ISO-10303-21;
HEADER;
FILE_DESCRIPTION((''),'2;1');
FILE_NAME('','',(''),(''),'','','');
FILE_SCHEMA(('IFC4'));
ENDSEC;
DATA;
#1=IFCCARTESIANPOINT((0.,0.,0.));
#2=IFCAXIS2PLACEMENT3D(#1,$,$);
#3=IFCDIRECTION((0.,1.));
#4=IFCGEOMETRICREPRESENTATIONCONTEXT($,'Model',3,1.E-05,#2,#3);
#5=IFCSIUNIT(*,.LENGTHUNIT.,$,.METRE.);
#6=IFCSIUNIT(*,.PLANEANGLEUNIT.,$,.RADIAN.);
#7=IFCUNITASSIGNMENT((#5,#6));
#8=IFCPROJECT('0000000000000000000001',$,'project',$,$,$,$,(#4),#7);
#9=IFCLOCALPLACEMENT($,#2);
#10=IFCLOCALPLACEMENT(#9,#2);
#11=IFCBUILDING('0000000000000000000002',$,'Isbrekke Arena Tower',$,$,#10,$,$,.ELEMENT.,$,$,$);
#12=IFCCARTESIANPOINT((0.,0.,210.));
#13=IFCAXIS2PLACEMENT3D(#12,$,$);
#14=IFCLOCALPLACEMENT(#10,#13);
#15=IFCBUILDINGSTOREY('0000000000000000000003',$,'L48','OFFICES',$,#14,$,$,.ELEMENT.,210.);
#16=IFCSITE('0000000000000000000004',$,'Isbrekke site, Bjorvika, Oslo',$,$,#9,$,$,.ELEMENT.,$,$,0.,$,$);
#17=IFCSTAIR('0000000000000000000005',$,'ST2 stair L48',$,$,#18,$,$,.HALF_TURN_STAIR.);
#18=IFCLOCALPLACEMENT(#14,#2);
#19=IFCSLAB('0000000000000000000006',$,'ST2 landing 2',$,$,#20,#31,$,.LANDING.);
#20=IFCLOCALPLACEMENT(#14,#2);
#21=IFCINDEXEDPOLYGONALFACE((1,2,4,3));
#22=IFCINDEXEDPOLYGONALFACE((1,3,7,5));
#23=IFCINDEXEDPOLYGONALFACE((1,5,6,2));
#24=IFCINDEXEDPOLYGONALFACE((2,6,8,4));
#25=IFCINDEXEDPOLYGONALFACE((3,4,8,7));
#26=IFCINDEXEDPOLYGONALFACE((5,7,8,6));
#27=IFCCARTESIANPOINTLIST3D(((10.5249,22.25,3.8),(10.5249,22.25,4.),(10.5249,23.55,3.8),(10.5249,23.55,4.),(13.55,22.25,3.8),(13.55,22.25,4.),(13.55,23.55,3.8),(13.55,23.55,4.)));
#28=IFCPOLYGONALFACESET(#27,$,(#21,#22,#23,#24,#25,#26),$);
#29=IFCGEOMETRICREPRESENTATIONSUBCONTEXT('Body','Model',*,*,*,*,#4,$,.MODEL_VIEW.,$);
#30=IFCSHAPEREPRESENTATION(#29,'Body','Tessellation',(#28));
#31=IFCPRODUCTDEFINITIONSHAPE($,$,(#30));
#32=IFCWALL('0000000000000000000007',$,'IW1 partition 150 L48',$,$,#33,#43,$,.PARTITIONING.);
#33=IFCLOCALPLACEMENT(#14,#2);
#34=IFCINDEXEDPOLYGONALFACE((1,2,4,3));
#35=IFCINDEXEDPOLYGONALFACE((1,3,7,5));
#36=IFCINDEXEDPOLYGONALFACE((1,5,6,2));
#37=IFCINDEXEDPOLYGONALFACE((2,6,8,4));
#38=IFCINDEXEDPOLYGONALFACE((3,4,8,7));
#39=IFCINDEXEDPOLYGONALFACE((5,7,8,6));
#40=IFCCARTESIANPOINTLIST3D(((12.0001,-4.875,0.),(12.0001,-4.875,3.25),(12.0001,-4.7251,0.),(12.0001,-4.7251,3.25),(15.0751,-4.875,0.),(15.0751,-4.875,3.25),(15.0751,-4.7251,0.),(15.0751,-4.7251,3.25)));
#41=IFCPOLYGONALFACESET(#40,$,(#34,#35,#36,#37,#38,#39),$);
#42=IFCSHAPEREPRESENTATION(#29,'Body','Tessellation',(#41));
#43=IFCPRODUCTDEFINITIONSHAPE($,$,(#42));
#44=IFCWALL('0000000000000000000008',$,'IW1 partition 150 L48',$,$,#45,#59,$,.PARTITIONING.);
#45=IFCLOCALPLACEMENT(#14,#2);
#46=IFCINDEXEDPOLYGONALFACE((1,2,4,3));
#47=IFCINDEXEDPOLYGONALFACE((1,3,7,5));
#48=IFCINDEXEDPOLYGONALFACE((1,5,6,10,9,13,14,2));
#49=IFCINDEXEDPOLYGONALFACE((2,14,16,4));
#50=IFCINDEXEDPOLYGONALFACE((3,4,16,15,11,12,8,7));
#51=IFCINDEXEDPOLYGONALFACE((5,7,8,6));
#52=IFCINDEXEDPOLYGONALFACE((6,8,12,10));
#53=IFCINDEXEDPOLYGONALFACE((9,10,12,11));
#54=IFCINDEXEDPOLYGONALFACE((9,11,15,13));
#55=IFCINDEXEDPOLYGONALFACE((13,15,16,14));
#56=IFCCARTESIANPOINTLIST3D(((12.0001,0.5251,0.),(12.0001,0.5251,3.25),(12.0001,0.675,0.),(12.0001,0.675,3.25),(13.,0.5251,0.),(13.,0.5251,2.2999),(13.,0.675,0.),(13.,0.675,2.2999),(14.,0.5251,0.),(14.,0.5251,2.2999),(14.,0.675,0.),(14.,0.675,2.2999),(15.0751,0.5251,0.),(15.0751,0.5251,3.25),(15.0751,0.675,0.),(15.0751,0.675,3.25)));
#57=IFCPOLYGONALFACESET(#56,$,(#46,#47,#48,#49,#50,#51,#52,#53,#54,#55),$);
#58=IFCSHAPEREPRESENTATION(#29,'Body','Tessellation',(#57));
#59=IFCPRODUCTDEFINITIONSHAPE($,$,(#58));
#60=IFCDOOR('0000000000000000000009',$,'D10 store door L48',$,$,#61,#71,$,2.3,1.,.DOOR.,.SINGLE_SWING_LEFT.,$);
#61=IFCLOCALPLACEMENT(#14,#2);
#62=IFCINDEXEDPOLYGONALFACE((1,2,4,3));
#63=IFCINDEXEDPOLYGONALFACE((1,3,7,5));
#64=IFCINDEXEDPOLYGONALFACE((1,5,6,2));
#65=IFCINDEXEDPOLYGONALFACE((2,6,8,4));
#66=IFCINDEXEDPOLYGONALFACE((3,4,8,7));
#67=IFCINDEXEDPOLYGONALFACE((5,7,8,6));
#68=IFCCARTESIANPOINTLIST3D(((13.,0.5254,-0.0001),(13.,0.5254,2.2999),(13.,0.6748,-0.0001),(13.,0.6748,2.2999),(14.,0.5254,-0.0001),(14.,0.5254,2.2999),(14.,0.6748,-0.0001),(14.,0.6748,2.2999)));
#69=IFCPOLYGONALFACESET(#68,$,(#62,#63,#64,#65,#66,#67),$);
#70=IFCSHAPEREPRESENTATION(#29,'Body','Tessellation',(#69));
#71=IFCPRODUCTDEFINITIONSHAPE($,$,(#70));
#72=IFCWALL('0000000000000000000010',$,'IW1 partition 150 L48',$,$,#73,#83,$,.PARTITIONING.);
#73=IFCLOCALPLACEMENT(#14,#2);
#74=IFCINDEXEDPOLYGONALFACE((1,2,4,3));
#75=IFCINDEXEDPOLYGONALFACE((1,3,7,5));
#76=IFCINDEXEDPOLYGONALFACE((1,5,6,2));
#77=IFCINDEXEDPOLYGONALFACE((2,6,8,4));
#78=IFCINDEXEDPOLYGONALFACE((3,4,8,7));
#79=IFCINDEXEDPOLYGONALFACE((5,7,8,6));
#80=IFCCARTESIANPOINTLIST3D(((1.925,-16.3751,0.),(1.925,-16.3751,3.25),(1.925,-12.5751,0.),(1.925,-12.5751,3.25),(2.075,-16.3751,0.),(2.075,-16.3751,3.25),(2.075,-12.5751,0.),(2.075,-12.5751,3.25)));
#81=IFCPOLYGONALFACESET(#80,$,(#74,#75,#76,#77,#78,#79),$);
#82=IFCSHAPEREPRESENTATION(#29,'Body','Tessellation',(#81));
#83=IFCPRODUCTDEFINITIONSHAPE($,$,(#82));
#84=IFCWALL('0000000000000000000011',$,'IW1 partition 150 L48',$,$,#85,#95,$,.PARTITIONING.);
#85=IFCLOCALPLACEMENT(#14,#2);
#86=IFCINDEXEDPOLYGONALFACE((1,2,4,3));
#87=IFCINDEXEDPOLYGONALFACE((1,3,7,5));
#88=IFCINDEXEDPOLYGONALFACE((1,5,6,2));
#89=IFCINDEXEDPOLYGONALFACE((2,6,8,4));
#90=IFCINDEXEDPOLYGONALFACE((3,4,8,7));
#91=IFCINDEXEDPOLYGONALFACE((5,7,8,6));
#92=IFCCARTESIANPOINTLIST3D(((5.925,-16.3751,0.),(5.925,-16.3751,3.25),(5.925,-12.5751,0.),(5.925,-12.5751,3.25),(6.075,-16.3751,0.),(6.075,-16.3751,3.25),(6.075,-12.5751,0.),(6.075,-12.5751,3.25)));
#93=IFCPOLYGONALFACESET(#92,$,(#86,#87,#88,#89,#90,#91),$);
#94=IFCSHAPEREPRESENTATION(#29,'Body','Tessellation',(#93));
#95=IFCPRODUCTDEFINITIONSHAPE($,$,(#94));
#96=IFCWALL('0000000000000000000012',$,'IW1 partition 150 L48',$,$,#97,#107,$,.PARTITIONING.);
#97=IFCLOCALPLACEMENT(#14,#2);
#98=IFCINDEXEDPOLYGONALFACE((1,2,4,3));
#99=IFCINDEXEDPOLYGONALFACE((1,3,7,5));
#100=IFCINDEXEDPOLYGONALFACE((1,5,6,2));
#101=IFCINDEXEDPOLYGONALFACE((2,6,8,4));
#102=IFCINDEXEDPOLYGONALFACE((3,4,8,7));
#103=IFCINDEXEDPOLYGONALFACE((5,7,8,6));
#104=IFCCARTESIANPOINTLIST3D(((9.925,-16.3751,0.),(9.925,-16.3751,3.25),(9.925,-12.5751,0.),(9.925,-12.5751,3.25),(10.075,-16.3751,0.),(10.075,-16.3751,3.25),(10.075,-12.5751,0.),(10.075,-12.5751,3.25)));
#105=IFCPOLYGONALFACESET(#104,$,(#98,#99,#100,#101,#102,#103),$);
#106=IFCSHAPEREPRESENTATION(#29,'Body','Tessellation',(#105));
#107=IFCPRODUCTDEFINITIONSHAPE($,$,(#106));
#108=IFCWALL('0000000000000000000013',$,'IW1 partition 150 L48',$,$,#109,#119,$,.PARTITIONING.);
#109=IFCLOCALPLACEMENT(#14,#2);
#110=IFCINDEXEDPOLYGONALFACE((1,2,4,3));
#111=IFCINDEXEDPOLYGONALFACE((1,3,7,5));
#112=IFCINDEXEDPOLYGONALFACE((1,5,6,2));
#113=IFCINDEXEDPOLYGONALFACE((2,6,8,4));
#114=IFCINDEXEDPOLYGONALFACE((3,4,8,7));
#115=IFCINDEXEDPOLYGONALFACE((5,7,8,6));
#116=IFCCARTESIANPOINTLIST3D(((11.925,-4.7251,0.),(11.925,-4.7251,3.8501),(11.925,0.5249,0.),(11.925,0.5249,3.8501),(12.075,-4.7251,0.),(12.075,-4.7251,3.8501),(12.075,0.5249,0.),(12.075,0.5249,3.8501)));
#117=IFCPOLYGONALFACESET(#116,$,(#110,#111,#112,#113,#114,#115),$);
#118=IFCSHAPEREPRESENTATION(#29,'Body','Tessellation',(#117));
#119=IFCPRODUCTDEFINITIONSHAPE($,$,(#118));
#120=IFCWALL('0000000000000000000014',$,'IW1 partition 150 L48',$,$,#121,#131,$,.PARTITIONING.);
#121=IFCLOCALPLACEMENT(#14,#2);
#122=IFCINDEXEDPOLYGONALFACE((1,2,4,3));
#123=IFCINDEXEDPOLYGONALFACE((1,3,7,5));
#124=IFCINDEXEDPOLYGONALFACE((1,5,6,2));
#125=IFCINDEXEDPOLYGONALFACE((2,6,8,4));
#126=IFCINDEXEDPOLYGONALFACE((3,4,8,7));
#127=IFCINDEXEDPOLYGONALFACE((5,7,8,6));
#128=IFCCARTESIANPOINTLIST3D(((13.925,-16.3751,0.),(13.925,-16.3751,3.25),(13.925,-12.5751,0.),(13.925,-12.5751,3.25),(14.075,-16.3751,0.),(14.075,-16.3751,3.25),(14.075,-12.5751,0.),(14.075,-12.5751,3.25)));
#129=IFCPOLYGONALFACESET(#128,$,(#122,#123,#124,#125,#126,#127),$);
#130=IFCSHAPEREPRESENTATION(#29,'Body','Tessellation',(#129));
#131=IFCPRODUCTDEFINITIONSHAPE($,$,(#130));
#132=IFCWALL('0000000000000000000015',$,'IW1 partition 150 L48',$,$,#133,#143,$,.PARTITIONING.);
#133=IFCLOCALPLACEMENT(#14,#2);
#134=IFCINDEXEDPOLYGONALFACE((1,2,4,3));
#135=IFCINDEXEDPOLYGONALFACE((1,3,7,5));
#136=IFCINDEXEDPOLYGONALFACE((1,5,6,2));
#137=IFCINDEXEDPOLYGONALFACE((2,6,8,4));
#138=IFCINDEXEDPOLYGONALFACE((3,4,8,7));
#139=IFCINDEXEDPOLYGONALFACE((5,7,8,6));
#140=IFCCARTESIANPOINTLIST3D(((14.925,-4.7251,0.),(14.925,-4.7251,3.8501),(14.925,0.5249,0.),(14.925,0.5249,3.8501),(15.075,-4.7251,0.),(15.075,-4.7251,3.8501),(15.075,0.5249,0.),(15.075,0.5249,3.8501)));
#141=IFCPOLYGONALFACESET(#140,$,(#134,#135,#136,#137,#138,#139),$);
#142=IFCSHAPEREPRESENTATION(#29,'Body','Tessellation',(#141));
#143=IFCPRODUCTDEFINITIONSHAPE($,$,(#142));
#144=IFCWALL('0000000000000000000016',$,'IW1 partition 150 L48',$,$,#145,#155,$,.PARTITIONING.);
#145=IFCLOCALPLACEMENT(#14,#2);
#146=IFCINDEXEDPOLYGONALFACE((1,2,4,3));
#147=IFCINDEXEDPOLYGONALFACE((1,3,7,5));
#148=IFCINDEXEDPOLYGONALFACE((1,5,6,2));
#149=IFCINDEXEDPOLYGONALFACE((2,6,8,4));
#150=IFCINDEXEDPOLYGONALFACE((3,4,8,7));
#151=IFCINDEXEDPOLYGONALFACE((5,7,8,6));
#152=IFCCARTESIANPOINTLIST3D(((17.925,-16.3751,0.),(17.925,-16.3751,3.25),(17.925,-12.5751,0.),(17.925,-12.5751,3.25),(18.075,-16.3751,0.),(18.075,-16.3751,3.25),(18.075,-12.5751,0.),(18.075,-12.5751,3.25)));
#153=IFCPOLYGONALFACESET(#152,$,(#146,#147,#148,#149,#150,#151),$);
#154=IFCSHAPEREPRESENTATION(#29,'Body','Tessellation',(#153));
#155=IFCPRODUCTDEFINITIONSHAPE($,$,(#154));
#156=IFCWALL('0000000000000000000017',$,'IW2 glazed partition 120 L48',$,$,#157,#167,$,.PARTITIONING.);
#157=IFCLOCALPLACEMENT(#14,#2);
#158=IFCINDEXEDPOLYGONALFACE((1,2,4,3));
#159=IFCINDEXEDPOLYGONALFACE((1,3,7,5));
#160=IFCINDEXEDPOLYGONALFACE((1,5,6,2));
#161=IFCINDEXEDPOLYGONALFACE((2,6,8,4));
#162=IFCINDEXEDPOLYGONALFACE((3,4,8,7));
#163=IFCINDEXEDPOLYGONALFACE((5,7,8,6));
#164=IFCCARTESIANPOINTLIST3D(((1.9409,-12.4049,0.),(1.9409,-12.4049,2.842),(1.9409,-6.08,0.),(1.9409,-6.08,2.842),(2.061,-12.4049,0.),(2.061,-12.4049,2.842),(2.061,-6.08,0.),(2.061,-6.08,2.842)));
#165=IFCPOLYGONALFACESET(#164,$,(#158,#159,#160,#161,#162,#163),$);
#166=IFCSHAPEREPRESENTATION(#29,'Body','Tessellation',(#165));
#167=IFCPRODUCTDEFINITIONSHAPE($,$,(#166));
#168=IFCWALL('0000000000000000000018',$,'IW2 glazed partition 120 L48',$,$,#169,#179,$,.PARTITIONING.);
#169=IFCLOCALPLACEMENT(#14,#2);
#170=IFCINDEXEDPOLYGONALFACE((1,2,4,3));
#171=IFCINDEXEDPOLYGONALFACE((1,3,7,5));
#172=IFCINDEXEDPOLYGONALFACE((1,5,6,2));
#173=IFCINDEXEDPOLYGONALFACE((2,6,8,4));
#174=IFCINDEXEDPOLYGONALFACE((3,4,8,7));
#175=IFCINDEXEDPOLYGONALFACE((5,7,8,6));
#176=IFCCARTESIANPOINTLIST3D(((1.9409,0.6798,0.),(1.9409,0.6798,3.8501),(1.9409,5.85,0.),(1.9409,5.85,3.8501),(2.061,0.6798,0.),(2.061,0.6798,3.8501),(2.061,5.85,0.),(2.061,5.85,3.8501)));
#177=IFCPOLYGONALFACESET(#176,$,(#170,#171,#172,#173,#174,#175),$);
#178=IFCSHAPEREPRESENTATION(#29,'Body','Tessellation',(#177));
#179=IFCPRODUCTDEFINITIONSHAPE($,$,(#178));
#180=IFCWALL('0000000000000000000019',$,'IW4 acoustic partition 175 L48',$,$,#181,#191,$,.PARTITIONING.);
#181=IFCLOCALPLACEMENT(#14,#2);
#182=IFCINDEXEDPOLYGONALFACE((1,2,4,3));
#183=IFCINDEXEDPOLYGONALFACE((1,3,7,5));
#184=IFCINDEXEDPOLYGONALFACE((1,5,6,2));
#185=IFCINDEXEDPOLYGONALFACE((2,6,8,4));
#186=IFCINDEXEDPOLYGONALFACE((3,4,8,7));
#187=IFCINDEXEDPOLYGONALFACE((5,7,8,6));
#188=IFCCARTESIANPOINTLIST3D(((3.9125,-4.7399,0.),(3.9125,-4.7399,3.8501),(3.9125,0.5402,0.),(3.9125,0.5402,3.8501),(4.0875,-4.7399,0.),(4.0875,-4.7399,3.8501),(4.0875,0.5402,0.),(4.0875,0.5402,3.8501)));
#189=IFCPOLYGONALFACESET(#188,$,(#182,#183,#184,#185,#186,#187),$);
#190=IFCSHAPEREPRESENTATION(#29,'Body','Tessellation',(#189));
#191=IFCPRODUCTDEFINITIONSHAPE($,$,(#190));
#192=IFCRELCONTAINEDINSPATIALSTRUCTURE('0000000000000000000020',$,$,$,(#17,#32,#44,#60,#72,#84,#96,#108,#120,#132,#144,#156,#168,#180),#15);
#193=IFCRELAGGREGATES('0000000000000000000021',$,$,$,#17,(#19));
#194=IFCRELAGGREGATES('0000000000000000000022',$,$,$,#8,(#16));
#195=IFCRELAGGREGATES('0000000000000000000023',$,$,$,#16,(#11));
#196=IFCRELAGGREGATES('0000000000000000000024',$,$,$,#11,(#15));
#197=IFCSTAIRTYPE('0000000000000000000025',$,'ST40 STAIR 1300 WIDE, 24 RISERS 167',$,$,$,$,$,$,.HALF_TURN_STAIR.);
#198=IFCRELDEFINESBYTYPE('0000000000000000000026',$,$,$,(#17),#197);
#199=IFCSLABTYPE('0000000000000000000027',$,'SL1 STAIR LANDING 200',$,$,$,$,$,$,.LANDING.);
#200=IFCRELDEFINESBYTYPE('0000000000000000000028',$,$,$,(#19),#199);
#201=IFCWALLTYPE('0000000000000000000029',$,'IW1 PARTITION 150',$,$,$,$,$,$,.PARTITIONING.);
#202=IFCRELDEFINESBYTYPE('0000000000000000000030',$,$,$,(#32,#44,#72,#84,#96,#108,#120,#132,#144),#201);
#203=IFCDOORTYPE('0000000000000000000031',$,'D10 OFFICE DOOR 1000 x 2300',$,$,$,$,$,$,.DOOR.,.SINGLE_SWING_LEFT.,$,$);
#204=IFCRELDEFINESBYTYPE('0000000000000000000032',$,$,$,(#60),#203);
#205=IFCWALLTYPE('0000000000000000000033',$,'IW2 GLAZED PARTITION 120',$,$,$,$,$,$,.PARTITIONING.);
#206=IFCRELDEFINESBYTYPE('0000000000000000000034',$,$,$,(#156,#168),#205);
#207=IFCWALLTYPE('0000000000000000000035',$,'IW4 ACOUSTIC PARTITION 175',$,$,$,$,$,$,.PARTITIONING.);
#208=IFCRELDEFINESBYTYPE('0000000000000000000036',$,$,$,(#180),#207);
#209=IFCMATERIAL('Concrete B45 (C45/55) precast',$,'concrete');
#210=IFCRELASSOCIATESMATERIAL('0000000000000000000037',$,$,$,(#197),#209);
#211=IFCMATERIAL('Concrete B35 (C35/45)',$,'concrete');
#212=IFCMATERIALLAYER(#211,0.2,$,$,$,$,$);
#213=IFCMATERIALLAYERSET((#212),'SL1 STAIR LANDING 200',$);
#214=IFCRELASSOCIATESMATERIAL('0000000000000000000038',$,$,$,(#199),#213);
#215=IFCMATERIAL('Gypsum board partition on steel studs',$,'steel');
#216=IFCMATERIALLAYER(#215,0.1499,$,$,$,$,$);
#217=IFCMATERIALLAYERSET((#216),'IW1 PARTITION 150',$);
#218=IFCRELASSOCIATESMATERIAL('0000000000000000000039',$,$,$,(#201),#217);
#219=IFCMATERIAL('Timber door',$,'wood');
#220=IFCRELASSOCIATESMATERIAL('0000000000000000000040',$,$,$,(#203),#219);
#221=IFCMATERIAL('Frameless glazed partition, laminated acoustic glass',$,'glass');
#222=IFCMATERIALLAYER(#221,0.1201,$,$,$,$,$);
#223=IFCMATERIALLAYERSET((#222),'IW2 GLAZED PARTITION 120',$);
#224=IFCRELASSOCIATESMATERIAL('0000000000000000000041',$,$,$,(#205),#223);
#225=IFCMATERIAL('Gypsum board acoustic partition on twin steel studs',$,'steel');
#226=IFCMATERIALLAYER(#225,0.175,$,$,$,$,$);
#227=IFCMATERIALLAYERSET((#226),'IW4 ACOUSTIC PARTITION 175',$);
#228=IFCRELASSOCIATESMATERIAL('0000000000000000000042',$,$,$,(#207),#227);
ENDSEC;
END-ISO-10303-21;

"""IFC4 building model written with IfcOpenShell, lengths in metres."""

from ifc_helpers import new_model, si_unit, direction, frame, frame_2d, origin, place, context, subcontext, project, spatial, polyline, rectangle, outline, extrude, material, layer, layer_set, type_object, element, fill, aggregate, save


model = new_model("IFC4")

# Units and contexts
model_context = context("Model", 3, precision=1e-05, world=origin(), true_north=direction((0.0, 1.0)))
body_context = subcontext(model_context, "Body", "Model", "MODEL_VIEW")
ifc_project = project(units=[si_unit("LENGTHUNIT", "METRE"), si_unit("PLANEANGLEUNIT", "RADIAN")], contexts=[model_context])

# Site, building, storey
site_placement = place(None, origin())
site = spatial("IfcSite", under=ifc_project, at=site_placement, Name="Isbrekke site, Bjorvika, Oslo", CompositionType="ELEMENT", RefElevation=0.0)
building_placement = place(site_placement, origin())
building = spatial("IfcBuilding", under=site, at=building_placement, Name="Isbrekke Arena Tower", CompositionType="ELEMENT")
storey_placement = place(building_placement, frame((0.0, 0.0, 210.0)))
storey = spatial("IfcBuildingStorey", under=building, at=storey_placement, Name="L48", Description="OFFICES", CompositionType="ELEMENT", Elevation=210.0)

# Stair, slab
ifc_material_1 = material(Name="Concrete B45 (C45/55) precast", Category="concrete")
stair_type = type_object("IfcStairType", Name="ST40 STAIR 1300 WIDE, 24 RISERS 167", PredefinedType="HALF_TURN_STAIR", material=ifc_material_1)
ifc_material_2 = material(Name="Concrete B35 (C35/45)", Category="concrete")
ifc_layer_1 = layer(ifc_material_2, 0.2)
ifc_layer_set_1 = layer_set([ifc_layer_1], Name="SL1 STAIR LANDING 200")
slab_type_1 = type_object("IfcSlabType", Name="SL1 STAIR LANDING 200", PredefinedType="LANDING", material=ifc_layer_set_1)
stair_1_placement = place(storey_placement, origin())
stair_1 = element("IfcStair", 1, at=stair_1_placement, inside=storey, type_object=stair_type, Name="ST2 stair L48", PredefinedType="HALF_TURN_STAIR")
slab_1_placement = place(storey_placement, frame((0.0, 0.0, 3.8)))
slab_1 = element("IfcSlab", 2, at=slab_1_placement, type_object=slab_type_1, Name="ST2 landing 2", PredefinedType="LANDING", context=body_context, shape_type="SweptSolid", body=[
    extrude(outline(polyline([(10.5249, 22.25), (13.55, 22.25), (13.55, 23.55), (10.5249, 23.55), (10.5249, 22.25)])), origin(), (0.0, 0.0, 1.0), 0.2),
])
aggregate(stair_1, [slab_1])

# Wall
ifc_material_3 = material(Name="Gypsum board partition on steel studs", Category="steel")
ifc_layer_2 = layer(ifc_material_3, 0.1499)
ifc_layer_set_2 = layer_set([ifc_layer_2], Name="IW1 PARTITION 150")
wall_type_1 = type_object("IfcWallType", Name="IW1 PARTITION 150", PredefinedType="PARTITIONING", material=ifc_layer_set_2)
wall_1_placement = place(storey_placement, frame((12.0, -4.8, 0.0), z_axis=(0.0, 0.0, 1.0), x_axis=(1.0, 0.0, 0.0)))
element("IfcWall", 3, at=wall_1_placement, inside=storey, type_object=wall_type_1, Name="IW1 partition 150 L48", PredefinedType="PARTITIONING", context=body_context, shape_type="SweptSolid", body=[
    extrude(rectangle(XDim=3.075, YDim=0.1499, at=frame_2d((1.5376, 0.0))), origin(), (0.0, 0.0, 1.0), 3.25),
])

# Wall, opening, door
wall_2_placement = place(storey_placement, frame((12.0, 0.6001, 0.0), z_axis=(0.0, 0.0, 1.0), x_axis=(1.0, 0.0, 0.0)))
wall_2 = element("IfcWall", 4, at=wall_2_placement, inside=storey, type_object=wall_type_1, Name="IW1 partition 150 L48", PredefinedType="PARTITIONING", context=body_context, shape_type="SweptSolid", body=[
    extrude(rectangle(XDim=3.075, YDim=0.1499, at=frame_2d((1.5376, 0.0))), origin(), (0.0, 0.0, 1.0), 3.25),
])
opening_placement = place(wall_2_placement, frame((1.0, 0.0, 0.0)))
opening = element("IfcOpeningElement", 5, at=opening_placement, cuts=wall_2, PredefinedType="OPENING", context=body_context, shape_type="SweptSolid", body=[
    extrude(rectangle(XDim=1.0, YDim=2.3, at=frame_2d((0.5, 1.1499))), frame((0.0, 0.0898, 0.0), z_axis=(0.0, -1.0, 0.0), x_axis=(1.0, 0.0, 0.0)), (0.0, 0.0, 1.0), 0.1797),
])
ifc_material_4 = material(Name="Timber door", Category="wood")
door_type = type_object("IfcDoorType", Name="D10 OFFICE DOOR 1000 x 2300", OperationType="SINGLE_SWING_LEFT", PredefinedType="DOOR", material=ifc_material_4)
door_placement = place(opening_placement, origin())
door = element("IfcDoor", 6, at=door_placement, inside=storey, type_object=door_type, Name="D10 store door L48", OperationType="SINGLE_SWING_LEFT", OverallHeight=2.3, OverallWidth=1.0, PredefinedType="DOOR", context=body_context, shape_type="SweptSolid", body=[
    extrude(rectangle(XDim=1.0, YDim=2.3, at=frame_2d((0.5, 1.1499))), frame((0.0, 0.0747, 0.0), z_axis=(0.0, -1.0, 0.0), x_axis=(1.0, 0.0, 0.0)), (0.0, 0.0, 1.0), 0.1494),
])
fill(opening, door)

# Walls
for number, where, z_axis, x_axis, name in (
    (7, (2.0, -16.375, 0.0), (0.0, 0.0, 1.0), (0.0, 1.0, 0.0), "IW1 partition 150 L48"),
    (8, (6.0, -16.375, 0.0), (0.0, 0.0, 1.0), (0.0, 1.0, 0.0), "IW1 partition 150 L48"),
    (9, (10.0, -16.375, 0.0), (0.0, 0.0, 1.0), (0.0, 1.0, 0.0), "IW1 partition 150 L48"),
):
    element("IfcWall", number, at=place(storey_placement, frame(where, z_axis=z_axis, x_axis=x_axis)), inside=storey, type_object=wall_type_1, Name=name, PredefinedType="PARTITIONING", context=body_context, shape_type="SweptSolid", body=[
        extrude(rectangle(XDim=3.8, YDim=0.1499, at=frame_2d((1.8999, 0.0))), origin(), (0.0, 0.0, 1.0), 3.25),
    ])
wall_3_placement = place(storey_placement, frame((12.0, -4.7251, 0.0), z_axis=(0.0, 0.0, 1.0), x_axis=(0.0, 1.0, 0.0)))
element("IfcWall", 10, at=wall_3_placement, inside=storey, type_object=wall_type_1, Name="IW1 partition 150 L48", PredefinedType="PARTITIONING", context=body_context, shape_type="SweptSolid", body=[
    extrude(rectangle(XDim=5.25, YDim=0.1499, at=frame_2d((2.625, 0.0))), origin(), (0.0, 0.0, 1.0), 3.8501),
])
wall_4_placement = place(storey_placement, frame((14.0, -16.375, 0.0), z_axis=(0.0, 0.0, 1.0), x_axis=(0.0, 1.0, 0.0)))
element("IfcWall", 11, at=wall_4_placement, inside=storey, type_object=wall_type_1, Name="IW1 partition 150 L48", PredefinedType="PARTITIONING", context=body_context, shape_type="SweptSolid", body=[
    extrude(rectangle(XDim=3.8, YDim=0.1499, at=frame_2d((1.8999, 0.0))), origin(), (0.0, 0.0, 1.0), 3.25),
])
wall_5_placement = place(storey_placement, frame((15.0, -4.7251, 0.0), z_axis=(0.0, 0.0, 1.0), x_axis=(0.0, 1.0, 0.0)))
element("IfcWall", 12, at=wall_5_placement, inside=storey, type_object=wall_type_1, Name="IW1 partition 150 L48", PredefinedType="PARTITIONING", context=body_context, shape_type="SweptSolid", body=[
    extrude(rectangle(XDim=5.25, YDim=0.1499, at=frame_2d((2.625, 0.0))), origin(), (0.0, 0.0, 1.0), 3.8501),
])
wall_6_placement = place(storey_placement, frame((18.0, -16.375, 0.0), z_axis=(0.0, 0.0, 1.0), x_axis=(0.0, 1.0, 0.0)))
element("IfcWall", 13, at=wall_6_placement, inside=storey, type_object=wall_type_1, Name="IW1 partition 150 L48", PredefinedType="PARTITIONING", context=body_context, shape_type="SweptSolid", body=[
    extrude(rectangle(XDim=3.8, YDim=0.1499, at=frame_2d((1.8999, 0.0))), origin(), (0.0, 0.0, 1.0), 3.25),
])
ifc_material_5 = material(Name="Frameless glazed partition, laminated acoustic glass", Category="glass")
ifc_layer_3 = layer(ifc_material_5, 0.1201)
ifc_layer_set_3 = layer_set([ifc_layer_3], Name="IW2 GLAZED PARTITION 120")
wall_type_2 = type_object("IfcWallType", Name="IW2 GLAZED PARTITION 120", PredefinedType="PARTITIONING", material=ifc_layer_set_3)
wall_7_placement = place(storey_placement, frame((2.001, -12.405, 0.0), z_axis=(0.0, 0.0, 1.0), x_axis=(0.0, 1.0, 0.0)))
element("IfcWall", 14, at=wall_7_placement, inside=storey, type_object=wall_type_2, Name="IW2 glazed partition 120 L48", PredefinedType="PARTITIONING", context=body_context, shape_type="SweptSolid", body=[
    extrude(rectangle(XDim=6.325, YDim=0.1201, at=frame_2d((3.1626, 0.0))), origin(), (0.0, 0.0, 1.0), 2.842),
])
wall_8_placement = place(storey_placement, frame((2.001, 0.6799, 0.0), z_axis=(0.0, 0.0, 1.0), x_axis=(0.0, 1.0, 0.0)))
element("IfcWall", 15, at=wall_8_placement, inside=storey, type_object=wall_type_2, Name="IW2 glazed partition 120 L48", PredefinedType="PARTITIONING", context=body_context, shape_type="SweptSolid", body=[
    extrude(rectangle(XDim=5.1702, YDim=0.1201, at=frame_2d((2.585, 0.0))), origin(), (0.0, 0.0, 1.0), 3.8501),
])
ifc_material_6 = material(Name="Gypsum board acoustic partition on twin steel studs", Category="steel")
ifc_layer_4 = layer(ifc_material_6, 0.175)
ifc_layer_set_4 = layer_set([ifc_layer_4], Name="IW4 ACOUSTIC PARTITION 175")
wall_type_3 = type_object("IfcWallType", Name="IW4 ACOUSTIC PARTITION 175", PredefinedType="PARTITIONING", material=ifc_layer_set_4)
wall_9_placement = place(storey_placement, frame((4.0, -4.74, 0.0), z_axis=(0.0, 0.0, 1.0), x_axis=(0.0, 1.0, 0.0)))
element("IfcWall", 16, at=wall_9_placement, inside=storey, type_object=wall_type_3, Name="IW4 acoustic partition 175 L48", PredefinedType="PARTITIONING", context=body_context, shape_type="SweptSolid", body=[
    extrude(rectangle(XDim=5.28, YDim=0.175, at=frame_2d((2.6401, 0.0))), origin(), (0.0, 0.0, 1.0), 3.8501),
])

save(model, "model.ifc")
